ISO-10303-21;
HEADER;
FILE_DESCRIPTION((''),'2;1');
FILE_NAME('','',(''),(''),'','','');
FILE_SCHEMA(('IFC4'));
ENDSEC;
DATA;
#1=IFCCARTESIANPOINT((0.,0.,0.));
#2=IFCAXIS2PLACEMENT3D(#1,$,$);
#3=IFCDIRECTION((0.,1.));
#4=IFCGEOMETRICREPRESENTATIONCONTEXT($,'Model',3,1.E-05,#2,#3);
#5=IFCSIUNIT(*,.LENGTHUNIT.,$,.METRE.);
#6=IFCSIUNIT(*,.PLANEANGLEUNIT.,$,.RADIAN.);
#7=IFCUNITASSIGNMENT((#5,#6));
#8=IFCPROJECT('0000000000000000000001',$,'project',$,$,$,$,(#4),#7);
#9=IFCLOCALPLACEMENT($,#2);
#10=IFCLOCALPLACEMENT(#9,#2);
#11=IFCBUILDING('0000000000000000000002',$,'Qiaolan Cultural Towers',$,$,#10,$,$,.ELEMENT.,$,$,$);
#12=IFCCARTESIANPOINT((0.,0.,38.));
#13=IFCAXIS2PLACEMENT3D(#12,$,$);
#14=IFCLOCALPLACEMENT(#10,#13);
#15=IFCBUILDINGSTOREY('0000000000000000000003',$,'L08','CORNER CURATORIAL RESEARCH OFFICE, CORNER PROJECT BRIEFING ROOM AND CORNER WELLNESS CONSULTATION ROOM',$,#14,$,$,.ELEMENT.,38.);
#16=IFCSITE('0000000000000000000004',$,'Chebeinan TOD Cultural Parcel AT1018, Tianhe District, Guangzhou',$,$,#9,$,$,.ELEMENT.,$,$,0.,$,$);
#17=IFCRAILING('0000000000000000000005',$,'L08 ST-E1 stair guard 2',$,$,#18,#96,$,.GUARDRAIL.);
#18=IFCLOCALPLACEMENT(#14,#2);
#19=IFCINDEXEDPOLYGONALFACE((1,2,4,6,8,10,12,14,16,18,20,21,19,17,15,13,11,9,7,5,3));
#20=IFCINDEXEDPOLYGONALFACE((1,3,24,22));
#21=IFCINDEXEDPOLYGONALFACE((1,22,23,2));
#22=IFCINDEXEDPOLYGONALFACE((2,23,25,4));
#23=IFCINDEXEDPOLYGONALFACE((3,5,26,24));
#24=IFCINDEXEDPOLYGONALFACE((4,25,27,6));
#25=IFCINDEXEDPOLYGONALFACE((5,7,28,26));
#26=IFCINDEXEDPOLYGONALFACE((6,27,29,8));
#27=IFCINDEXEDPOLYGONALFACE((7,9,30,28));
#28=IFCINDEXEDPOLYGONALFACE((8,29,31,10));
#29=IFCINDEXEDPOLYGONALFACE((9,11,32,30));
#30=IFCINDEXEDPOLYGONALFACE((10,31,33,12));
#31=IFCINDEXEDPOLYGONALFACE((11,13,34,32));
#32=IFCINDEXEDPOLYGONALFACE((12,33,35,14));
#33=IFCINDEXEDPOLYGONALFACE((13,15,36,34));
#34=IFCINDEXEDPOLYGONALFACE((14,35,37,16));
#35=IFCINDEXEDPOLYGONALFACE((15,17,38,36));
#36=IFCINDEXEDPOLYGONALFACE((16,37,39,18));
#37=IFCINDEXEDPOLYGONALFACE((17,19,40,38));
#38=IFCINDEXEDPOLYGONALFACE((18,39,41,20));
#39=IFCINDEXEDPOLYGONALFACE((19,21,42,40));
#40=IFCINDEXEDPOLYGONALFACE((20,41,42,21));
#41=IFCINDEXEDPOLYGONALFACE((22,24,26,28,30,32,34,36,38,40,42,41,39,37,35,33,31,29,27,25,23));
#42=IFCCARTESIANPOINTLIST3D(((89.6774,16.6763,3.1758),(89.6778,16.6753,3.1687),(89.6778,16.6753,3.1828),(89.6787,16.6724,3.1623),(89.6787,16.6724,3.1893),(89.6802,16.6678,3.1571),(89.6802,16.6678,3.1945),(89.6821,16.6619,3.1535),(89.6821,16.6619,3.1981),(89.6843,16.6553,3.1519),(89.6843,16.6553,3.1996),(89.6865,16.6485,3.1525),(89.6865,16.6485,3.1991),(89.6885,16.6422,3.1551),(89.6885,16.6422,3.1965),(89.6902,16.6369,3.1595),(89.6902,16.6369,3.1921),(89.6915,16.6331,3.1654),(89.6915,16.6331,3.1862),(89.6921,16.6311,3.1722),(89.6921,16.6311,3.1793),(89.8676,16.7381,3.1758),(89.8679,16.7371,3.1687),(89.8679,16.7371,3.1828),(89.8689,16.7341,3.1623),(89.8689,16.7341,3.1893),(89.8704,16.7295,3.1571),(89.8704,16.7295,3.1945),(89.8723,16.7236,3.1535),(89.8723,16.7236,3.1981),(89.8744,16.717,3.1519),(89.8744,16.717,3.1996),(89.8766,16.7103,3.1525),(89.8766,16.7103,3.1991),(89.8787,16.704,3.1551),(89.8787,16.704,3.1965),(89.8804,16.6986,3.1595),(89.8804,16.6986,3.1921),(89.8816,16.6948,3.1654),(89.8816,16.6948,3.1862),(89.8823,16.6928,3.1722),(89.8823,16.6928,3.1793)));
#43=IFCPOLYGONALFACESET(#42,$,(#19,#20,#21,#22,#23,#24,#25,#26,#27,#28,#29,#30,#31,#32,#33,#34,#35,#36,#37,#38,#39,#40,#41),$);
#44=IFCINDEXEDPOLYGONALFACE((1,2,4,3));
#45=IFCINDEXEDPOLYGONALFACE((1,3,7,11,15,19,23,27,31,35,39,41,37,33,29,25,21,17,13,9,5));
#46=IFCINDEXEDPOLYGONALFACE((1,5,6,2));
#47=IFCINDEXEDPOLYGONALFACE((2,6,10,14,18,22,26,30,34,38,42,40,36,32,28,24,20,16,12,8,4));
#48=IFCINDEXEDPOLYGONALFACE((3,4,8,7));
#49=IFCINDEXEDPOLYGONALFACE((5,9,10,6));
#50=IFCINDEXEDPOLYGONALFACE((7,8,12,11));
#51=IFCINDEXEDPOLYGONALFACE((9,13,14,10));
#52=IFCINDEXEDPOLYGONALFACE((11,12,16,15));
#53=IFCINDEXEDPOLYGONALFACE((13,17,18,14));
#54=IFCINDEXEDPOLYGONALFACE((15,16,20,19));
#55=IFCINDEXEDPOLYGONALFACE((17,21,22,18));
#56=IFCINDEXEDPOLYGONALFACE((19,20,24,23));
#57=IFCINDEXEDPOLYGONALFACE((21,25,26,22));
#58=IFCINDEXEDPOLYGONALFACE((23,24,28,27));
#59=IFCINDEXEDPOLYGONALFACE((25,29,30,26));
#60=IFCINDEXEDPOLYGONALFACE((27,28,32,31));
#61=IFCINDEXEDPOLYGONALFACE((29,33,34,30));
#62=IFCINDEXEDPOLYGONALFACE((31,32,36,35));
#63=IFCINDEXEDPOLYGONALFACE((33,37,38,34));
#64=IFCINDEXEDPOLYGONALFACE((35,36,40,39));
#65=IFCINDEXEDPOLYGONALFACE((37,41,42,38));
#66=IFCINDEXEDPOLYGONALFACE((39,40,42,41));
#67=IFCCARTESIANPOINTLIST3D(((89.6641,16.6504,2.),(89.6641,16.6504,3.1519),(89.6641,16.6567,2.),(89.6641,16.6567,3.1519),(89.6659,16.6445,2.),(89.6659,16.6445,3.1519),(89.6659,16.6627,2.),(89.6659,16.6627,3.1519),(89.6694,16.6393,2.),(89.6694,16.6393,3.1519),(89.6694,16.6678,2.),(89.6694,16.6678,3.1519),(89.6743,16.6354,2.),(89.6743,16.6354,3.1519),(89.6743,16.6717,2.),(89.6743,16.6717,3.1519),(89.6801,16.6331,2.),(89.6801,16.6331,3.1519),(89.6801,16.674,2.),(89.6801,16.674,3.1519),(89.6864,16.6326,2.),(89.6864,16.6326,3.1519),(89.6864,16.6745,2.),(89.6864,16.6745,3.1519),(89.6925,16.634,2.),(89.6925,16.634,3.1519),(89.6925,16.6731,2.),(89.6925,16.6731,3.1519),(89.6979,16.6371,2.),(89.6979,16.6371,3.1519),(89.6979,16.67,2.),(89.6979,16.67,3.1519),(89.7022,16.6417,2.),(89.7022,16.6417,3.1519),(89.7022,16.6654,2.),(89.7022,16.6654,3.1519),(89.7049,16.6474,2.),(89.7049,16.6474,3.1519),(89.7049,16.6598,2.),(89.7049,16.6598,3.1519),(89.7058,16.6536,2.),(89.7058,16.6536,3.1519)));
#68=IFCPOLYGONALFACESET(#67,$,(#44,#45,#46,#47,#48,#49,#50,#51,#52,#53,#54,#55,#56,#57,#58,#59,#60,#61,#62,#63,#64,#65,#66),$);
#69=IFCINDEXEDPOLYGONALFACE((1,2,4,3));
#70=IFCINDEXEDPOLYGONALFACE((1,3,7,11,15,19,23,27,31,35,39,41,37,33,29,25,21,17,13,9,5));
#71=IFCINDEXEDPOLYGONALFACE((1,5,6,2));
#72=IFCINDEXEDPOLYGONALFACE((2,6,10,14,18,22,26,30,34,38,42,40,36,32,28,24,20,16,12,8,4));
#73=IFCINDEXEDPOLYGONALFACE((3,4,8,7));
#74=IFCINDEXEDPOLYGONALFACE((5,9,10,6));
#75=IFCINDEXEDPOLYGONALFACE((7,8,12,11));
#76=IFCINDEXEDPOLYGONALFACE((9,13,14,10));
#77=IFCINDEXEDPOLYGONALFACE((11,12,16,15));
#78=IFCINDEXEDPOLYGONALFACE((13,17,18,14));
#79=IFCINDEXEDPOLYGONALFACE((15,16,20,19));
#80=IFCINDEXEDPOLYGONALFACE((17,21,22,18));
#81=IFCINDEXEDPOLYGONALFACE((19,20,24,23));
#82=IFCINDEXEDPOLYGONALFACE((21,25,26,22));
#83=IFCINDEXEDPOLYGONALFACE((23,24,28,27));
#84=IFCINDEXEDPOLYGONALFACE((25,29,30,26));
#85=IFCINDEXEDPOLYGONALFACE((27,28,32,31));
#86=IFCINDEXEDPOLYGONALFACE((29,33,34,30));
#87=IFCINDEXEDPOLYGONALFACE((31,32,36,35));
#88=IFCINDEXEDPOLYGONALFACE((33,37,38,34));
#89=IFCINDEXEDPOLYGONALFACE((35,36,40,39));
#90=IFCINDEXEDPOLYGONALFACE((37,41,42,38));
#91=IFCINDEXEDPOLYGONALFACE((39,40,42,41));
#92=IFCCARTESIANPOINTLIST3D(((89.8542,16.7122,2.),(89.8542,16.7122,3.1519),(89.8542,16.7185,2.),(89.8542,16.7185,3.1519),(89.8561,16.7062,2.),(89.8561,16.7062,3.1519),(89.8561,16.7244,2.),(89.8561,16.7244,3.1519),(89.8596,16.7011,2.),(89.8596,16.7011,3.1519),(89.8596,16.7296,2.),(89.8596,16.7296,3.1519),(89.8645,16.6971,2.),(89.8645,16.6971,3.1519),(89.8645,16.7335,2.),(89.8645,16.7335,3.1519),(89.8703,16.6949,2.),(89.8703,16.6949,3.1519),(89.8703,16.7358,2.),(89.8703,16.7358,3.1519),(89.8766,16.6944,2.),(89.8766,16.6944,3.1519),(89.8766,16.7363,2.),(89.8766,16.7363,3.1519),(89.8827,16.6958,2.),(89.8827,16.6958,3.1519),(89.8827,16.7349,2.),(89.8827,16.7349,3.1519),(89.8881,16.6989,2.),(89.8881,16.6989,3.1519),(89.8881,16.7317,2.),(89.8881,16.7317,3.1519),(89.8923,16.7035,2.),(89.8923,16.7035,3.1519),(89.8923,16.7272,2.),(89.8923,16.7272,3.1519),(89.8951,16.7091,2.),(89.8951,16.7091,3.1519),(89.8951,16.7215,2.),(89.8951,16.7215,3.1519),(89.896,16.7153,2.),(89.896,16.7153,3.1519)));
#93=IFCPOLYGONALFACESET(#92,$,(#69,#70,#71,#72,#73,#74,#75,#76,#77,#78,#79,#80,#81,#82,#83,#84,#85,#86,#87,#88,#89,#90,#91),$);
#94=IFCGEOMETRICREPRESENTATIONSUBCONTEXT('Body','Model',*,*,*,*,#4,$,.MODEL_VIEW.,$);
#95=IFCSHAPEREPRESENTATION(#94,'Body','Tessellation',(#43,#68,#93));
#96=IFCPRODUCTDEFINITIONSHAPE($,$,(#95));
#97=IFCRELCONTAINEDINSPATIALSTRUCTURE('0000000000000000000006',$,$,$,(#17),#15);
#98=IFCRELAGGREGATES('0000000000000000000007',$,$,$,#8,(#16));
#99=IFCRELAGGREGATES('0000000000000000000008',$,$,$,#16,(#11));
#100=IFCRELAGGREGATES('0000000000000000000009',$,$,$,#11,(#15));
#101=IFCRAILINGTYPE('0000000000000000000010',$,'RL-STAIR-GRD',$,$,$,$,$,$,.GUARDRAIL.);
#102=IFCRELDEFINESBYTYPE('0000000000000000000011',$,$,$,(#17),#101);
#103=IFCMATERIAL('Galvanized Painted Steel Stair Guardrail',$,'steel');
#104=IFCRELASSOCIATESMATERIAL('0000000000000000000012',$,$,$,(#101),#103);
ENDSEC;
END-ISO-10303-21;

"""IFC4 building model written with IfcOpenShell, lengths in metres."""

from ifc_helpers import new_model, si_unit, direction, frame, origin, origin_2d, place, context, subcontext, project, spatial, circle, extrude, material, type_object, element, save


model = new_model("IFC4")

# Units and contexts
model_context = context("Model", 3, precision=1e-05, world=origin(), true_north=direction((0.0, 1.0)))
body_context = subcontext(model_context, "Body", "Model", "MODEL_VIEW")
ifc_project = project(units=[si_unit("LENGTHUNIT", "METRE"), si_unit("PLANEANGLEUNIT", "RADIAN")], contexts=[model_context])

# Site, building, storey
site_placement = place(None, origin())
site = spatial("IfcSite", under=ifc_project, at=site_placement, Name="Chebeinan TOD Cultural Parcel AT1018, Tianhe District, Guangzhou", CompositionType="ELEMENT", RefElevation=0.0)
building_placement = place(site_placement, origin())
building = spatial("IfcBuilding", under=site, at=building_placement, Name="Qiaolan Cultural Towers", CompositionType="ELEMENT")
storey_placement = place(building_placement, frame((0.0, 0.0, 38.0)))
storey = spatial("IfcBuildingStorey", under=building, at=storey_placement, Name="L08", Description="CORNER CURATORIAL RESEARCH OFFICE, CORNER PROJECT BRIEFING ROOM AND CORNER WELLNESS CONSULTATION ROOM", CompositionType="ELEMENT", Elevation=38.0)

# Railing
ifc_material_1 = material(Name="Galvanized Painted Steel Stair Guardrail", Category="steel")
railing_type_1 = type_object("IfcRailingType", Name="RL-STAIR-GRD", PredefinedType="GUARDRAIL", material=ifc_material_1)
railing_1_placement = place(storey_placement, frame((89.6848, 16.6536, 2.0)))
element("IfcRailing", 1, at=railing_1_placement, inside=storey, type_object=railing_type_1, Name="L08 ST-E1 stair guard 2", PredefinedType="GUARDRAIL", context=body_context, shape_type="SweptSolid", body=[
    extrude(circle(Radius=0.0239, at=origin_2d()), frame((0.0, 0.0, 1.1758), z_axis=(0.951097, 0.308893, 0.0), x_axis=(-0.308893, 0.951097, 0.0)), (0.0, 0.0, 1.0), 0.2),
    extrude(circle(Radius=0.021, at=origin_2d()), origin(), (0.0, 0.0, 1.0), 1.1519),
    extrude(circle(Radius=0.021, at=origin_2d()), frame((0.1902, 0.0618, 0.0)), (0.0, 0.0, 1.0), 1.1519),
])

save(model, "model.ifc")
